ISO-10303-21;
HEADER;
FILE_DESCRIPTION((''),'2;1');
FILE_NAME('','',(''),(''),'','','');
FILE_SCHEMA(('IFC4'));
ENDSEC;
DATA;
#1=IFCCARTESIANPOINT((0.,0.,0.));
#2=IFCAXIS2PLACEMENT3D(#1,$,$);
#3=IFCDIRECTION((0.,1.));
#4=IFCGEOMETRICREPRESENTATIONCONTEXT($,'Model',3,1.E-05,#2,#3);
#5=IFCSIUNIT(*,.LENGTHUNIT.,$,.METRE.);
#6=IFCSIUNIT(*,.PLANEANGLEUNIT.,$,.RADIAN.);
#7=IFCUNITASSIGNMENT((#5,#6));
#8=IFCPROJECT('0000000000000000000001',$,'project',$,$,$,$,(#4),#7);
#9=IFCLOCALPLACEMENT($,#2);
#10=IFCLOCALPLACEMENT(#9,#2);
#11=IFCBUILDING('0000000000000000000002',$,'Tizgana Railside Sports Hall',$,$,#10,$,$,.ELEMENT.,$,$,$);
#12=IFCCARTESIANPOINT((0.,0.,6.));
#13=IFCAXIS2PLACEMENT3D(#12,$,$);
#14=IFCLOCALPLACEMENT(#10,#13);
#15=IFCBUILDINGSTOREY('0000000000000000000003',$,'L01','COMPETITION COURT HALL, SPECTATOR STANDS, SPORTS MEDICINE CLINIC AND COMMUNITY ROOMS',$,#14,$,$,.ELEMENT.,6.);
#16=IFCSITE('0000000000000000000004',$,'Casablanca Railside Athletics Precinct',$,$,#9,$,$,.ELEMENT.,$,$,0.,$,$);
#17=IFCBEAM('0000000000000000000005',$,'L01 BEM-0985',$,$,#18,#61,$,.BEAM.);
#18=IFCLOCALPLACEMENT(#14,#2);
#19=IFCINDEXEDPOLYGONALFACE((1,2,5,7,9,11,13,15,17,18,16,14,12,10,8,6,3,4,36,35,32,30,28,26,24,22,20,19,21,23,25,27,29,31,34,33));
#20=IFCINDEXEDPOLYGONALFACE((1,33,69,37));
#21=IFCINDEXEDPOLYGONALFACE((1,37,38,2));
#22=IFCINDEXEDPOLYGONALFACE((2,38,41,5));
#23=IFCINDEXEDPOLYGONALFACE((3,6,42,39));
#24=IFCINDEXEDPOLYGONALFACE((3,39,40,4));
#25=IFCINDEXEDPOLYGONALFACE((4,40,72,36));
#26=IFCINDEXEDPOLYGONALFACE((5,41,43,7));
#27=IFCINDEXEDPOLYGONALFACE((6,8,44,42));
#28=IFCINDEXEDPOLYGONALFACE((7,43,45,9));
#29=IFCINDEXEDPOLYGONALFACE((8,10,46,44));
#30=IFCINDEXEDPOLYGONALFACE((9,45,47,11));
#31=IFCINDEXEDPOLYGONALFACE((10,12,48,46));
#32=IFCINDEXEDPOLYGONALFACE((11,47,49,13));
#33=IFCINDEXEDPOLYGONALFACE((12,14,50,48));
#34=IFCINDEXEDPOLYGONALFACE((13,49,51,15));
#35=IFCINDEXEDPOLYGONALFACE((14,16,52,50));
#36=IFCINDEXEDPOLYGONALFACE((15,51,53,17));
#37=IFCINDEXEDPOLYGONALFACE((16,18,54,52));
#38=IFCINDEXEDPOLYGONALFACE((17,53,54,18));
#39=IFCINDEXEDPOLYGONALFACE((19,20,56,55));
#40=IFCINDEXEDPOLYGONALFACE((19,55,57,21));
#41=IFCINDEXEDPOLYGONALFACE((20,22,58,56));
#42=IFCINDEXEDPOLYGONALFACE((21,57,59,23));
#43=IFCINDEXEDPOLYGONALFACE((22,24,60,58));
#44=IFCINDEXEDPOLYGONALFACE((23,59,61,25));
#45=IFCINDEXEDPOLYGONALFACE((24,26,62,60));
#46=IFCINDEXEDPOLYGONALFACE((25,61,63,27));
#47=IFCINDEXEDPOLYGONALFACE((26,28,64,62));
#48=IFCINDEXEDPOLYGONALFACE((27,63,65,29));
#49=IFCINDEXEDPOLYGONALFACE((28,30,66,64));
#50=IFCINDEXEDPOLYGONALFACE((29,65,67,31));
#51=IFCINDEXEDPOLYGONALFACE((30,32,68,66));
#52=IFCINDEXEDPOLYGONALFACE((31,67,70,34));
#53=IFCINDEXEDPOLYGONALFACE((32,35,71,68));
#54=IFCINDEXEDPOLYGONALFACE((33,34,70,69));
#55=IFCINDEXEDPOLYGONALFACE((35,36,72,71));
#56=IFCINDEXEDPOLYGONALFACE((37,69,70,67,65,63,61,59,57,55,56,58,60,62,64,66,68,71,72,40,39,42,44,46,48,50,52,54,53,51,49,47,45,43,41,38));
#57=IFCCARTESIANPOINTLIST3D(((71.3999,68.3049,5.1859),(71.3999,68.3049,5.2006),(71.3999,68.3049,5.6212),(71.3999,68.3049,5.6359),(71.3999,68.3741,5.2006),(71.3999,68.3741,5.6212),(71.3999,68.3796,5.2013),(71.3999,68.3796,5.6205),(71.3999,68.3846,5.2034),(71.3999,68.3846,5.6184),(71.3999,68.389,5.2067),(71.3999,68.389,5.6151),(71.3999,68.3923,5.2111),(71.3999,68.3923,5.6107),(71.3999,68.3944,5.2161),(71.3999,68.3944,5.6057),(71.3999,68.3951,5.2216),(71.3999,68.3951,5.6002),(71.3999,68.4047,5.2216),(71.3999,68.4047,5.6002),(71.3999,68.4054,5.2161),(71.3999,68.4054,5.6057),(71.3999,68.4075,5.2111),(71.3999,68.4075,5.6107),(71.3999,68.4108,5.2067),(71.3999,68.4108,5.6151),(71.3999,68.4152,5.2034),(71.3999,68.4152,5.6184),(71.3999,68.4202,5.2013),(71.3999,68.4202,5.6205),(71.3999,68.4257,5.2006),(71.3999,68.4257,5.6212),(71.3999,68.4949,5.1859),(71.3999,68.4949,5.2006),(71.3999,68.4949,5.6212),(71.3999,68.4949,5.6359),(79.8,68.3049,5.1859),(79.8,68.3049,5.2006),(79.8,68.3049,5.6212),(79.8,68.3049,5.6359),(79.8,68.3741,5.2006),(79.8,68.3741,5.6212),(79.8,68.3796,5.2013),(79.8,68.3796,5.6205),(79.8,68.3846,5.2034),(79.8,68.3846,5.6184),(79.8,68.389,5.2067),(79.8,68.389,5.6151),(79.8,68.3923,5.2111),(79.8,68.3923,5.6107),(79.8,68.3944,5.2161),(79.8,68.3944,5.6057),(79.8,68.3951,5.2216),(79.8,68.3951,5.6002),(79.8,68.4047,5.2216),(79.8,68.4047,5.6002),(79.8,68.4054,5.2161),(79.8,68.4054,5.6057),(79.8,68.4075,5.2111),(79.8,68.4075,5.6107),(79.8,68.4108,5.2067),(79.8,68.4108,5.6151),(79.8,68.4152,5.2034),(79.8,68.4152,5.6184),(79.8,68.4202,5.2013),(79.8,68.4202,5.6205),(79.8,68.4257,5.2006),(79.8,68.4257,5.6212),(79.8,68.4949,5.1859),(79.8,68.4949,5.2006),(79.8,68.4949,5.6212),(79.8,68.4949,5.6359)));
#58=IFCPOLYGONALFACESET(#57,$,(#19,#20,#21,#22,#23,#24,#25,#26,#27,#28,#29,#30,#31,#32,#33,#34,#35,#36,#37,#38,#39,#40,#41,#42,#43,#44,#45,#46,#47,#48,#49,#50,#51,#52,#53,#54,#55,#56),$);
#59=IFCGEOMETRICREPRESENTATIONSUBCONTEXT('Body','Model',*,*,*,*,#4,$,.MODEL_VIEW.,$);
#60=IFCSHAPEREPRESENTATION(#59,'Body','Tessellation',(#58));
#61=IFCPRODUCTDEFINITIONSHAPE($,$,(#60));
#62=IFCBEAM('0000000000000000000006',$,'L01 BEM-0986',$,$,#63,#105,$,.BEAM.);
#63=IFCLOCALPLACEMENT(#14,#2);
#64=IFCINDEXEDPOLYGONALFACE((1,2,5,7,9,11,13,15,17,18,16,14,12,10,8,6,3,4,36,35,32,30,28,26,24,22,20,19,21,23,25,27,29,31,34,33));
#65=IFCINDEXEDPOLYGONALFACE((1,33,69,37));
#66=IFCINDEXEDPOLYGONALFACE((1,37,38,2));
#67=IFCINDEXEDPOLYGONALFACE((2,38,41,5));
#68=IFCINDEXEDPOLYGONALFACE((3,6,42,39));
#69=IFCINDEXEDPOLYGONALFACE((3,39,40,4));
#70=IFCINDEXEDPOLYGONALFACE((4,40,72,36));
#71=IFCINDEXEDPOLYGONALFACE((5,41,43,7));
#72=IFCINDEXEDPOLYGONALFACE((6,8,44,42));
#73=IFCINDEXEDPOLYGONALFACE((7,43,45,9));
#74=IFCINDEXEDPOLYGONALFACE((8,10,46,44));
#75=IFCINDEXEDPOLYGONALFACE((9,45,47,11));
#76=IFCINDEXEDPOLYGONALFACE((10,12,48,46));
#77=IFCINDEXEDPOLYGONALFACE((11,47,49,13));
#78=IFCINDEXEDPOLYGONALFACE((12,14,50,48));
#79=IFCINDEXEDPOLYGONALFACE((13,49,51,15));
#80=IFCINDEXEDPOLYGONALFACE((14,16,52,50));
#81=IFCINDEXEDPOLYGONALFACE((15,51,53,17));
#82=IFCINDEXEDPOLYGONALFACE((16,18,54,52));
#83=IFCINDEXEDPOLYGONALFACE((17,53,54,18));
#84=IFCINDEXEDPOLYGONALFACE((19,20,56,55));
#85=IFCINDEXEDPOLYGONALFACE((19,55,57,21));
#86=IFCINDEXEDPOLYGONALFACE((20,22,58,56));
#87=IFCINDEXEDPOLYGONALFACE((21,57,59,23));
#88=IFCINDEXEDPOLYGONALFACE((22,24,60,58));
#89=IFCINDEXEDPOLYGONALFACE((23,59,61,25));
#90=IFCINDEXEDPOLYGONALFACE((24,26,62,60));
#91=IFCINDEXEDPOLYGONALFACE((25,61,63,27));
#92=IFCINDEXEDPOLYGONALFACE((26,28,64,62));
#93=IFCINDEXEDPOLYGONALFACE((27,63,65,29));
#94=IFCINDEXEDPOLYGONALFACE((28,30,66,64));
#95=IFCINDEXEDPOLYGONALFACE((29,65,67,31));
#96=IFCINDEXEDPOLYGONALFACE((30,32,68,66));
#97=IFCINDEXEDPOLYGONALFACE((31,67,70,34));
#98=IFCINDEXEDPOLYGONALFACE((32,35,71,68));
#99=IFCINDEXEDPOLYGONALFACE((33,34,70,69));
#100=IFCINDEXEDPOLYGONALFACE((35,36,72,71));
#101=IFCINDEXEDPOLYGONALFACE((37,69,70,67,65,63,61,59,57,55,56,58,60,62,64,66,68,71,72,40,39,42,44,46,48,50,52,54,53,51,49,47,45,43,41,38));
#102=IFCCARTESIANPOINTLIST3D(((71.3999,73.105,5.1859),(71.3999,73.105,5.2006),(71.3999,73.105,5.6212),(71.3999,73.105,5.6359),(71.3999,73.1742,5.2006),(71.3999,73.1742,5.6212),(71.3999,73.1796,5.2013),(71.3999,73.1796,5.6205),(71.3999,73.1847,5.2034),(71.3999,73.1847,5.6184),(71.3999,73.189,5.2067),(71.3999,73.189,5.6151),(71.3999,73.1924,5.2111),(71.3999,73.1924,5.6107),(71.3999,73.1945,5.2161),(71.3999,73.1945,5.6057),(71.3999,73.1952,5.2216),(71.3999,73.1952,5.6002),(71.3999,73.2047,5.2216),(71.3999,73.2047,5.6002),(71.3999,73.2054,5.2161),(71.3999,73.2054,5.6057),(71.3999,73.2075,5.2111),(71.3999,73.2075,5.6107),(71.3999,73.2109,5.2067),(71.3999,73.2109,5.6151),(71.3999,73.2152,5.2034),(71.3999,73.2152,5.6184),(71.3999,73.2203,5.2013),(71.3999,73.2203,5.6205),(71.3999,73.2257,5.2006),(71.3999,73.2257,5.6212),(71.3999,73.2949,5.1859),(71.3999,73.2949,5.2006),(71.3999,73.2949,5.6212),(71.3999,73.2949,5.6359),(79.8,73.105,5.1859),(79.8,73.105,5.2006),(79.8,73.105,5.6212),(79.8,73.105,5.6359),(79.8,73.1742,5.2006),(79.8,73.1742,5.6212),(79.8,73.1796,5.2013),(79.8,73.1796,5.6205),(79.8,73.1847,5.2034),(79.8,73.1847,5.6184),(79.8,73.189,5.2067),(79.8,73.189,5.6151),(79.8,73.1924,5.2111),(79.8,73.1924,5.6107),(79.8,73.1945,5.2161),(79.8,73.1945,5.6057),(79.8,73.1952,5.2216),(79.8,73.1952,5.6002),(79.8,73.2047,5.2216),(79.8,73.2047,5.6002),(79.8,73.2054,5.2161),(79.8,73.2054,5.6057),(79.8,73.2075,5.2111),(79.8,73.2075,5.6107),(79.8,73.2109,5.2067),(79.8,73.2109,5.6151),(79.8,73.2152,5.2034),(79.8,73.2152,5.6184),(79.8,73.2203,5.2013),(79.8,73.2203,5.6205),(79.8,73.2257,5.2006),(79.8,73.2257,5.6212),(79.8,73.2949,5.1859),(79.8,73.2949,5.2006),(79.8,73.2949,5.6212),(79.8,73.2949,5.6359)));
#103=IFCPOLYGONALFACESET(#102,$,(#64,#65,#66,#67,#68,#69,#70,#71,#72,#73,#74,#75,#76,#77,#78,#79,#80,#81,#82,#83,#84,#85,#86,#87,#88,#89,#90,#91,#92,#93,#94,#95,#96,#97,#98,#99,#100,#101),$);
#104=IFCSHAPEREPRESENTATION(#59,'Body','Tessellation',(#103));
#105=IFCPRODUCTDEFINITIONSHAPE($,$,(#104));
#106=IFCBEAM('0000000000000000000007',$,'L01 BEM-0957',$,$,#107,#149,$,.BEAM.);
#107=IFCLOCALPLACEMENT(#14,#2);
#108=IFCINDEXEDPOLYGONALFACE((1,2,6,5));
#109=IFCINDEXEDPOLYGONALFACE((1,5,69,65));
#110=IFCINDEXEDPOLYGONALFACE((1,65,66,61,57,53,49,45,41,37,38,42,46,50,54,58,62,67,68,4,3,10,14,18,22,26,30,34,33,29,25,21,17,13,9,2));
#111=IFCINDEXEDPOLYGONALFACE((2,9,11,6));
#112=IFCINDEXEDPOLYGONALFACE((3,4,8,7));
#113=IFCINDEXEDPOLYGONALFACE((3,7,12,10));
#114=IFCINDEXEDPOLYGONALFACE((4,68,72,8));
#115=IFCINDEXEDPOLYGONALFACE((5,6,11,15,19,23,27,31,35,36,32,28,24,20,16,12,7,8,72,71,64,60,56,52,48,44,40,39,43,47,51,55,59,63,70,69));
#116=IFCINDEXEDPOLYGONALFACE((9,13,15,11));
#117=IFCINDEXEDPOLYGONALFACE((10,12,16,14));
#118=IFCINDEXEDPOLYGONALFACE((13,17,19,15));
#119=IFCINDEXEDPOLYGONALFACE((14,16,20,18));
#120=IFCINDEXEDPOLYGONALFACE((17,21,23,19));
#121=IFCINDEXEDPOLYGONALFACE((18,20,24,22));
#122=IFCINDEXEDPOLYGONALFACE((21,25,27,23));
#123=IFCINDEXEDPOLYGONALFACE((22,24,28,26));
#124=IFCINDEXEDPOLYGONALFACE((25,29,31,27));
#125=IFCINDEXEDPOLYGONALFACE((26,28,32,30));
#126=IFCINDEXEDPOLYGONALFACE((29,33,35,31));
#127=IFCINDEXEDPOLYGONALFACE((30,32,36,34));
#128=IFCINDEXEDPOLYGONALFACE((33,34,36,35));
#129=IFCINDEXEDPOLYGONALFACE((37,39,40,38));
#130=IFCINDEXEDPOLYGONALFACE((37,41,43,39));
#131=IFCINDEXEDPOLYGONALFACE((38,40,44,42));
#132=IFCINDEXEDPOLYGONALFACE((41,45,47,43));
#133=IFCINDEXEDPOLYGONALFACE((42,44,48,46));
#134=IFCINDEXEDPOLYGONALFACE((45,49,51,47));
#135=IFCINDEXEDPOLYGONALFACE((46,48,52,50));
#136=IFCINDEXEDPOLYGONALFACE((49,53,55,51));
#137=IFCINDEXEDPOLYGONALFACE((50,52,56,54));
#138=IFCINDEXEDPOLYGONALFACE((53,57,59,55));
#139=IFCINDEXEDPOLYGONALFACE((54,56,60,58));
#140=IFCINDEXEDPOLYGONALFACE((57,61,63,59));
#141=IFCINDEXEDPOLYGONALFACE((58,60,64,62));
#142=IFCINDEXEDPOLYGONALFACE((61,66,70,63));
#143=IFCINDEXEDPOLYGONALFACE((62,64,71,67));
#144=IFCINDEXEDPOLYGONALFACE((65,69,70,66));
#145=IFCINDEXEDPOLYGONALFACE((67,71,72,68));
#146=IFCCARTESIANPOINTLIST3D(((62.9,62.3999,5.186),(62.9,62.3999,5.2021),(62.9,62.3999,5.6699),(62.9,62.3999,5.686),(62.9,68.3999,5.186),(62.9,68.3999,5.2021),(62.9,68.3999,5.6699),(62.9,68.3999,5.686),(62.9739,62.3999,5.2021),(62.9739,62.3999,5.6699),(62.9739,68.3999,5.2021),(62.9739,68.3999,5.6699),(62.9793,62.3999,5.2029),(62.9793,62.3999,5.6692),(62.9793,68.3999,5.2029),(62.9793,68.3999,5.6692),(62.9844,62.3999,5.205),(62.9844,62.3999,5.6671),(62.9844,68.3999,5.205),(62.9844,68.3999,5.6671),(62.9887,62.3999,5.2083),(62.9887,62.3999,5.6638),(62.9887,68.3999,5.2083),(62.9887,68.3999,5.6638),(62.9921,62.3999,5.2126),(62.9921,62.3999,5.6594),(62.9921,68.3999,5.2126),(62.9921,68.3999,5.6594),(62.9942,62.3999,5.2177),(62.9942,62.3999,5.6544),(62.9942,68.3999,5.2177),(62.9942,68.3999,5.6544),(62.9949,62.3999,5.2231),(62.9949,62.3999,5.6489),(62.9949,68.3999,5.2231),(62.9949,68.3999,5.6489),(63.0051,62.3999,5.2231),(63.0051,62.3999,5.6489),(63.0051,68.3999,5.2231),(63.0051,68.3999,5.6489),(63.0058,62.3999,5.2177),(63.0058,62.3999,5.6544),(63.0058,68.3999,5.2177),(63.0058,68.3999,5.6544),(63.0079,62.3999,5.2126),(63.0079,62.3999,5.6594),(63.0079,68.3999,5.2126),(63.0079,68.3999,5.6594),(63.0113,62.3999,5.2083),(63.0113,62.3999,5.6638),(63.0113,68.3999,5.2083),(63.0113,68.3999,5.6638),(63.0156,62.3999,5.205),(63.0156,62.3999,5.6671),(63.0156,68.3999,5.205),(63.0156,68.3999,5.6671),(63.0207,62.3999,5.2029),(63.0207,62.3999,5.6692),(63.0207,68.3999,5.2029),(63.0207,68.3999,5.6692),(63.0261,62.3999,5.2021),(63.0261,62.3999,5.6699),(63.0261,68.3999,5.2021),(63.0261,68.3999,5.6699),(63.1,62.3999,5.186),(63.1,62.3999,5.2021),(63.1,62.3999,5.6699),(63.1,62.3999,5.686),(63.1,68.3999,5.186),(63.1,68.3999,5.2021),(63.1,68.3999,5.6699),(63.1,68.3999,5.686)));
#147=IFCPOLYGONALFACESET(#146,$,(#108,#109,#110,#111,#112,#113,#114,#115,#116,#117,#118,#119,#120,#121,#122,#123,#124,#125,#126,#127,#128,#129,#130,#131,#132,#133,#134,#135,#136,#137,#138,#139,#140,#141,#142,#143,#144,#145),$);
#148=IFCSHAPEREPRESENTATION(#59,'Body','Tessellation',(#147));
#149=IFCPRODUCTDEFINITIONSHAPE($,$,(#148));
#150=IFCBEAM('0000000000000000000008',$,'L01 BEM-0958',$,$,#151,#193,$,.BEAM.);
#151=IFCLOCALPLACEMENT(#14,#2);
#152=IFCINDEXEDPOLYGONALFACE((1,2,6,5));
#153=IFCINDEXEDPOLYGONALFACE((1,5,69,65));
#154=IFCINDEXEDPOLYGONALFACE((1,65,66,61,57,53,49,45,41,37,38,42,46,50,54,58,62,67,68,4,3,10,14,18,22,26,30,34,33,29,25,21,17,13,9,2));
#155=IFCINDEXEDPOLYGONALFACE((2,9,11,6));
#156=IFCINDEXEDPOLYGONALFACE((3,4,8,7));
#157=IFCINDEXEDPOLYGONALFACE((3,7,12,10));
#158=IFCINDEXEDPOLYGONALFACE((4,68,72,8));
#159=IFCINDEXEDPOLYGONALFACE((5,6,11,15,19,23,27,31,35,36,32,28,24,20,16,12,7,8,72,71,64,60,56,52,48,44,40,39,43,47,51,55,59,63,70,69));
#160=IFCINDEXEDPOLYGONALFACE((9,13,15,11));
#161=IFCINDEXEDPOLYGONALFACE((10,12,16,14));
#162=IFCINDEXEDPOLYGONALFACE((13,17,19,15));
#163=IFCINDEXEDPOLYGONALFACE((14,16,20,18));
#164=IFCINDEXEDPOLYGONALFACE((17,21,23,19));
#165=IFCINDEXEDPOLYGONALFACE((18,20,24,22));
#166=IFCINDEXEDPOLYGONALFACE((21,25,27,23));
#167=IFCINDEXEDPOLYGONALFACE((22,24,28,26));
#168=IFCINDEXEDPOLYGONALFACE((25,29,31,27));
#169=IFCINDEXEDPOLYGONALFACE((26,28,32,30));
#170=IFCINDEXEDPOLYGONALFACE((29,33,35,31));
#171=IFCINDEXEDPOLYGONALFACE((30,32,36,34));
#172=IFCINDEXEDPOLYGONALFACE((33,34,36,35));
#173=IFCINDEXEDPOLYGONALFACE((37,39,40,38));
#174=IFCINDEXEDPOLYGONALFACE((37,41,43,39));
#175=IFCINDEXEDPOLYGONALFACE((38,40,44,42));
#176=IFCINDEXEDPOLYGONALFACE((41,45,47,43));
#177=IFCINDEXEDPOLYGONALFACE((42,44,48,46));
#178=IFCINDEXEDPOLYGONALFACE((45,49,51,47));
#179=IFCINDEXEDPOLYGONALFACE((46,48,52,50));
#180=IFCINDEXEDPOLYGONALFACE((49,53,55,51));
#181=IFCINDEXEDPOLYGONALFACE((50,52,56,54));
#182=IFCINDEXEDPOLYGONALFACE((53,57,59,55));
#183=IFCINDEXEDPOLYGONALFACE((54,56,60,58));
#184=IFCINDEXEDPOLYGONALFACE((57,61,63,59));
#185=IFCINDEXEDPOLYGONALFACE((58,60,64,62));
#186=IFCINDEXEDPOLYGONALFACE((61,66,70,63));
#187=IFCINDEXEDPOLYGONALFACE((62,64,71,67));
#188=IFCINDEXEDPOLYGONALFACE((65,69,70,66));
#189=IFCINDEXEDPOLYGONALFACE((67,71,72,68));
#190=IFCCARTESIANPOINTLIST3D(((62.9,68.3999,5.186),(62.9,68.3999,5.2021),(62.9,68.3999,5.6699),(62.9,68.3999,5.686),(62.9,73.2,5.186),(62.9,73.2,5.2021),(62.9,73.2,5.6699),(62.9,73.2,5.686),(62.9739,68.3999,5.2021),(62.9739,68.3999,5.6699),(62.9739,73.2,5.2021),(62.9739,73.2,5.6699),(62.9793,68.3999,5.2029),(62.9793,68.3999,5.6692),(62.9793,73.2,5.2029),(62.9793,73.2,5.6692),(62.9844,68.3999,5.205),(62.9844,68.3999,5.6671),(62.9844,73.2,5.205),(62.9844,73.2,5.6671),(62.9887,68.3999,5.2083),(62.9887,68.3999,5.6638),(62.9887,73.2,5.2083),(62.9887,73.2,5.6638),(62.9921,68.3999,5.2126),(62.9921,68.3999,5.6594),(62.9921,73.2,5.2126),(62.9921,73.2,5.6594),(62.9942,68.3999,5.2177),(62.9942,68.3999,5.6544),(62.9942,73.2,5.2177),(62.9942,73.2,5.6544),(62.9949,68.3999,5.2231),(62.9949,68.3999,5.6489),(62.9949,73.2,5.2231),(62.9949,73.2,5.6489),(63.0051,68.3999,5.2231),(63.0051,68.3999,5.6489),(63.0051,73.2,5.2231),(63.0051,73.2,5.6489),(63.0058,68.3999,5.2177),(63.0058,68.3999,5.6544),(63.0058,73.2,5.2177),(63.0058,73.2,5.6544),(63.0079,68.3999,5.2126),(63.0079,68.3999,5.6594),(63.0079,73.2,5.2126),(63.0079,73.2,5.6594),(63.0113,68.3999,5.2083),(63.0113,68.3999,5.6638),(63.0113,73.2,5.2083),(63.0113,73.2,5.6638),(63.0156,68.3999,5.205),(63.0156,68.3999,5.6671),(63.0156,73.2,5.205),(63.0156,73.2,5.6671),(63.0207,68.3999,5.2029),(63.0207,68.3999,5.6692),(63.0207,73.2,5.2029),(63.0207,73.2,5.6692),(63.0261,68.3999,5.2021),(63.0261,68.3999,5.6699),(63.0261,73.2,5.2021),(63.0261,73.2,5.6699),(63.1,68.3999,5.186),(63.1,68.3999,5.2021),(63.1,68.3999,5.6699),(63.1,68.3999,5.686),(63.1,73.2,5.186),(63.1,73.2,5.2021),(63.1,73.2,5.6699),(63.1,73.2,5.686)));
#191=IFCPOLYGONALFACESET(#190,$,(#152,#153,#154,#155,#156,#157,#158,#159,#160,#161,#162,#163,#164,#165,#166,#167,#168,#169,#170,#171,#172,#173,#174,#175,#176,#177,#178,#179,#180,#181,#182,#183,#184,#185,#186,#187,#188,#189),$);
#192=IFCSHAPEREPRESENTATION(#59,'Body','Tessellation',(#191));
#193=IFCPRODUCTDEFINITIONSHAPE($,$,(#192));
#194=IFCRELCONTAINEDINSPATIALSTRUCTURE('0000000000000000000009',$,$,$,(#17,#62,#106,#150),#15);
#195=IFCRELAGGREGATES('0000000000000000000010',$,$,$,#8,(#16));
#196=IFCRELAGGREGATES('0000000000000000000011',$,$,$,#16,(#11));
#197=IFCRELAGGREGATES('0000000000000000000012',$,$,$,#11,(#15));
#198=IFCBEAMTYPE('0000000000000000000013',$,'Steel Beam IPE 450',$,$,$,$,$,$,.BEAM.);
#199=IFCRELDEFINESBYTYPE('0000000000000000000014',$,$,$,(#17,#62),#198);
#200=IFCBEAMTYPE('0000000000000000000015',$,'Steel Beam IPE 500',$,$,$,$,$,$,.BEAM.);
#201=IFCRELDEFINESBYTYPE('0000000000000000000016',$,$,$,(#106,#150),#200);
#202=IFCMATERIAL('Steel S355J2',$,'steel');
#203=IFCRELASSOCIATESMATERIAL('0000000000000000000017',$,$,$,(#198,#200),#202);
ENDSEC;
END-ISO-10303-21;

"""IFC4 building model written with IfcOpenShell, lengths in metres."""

from ifc_helpers import new_model, si_unit, direction, frame, origin, origin_2d, place, context, subcontext, project, spatial, i_section, extrude, material, material_profile, profile_set, type_object, element, save


model = new_model("IFC4")

# Units and contexts
model_context = context("Model", 3, precision=1e-05, world=origin(), true_north=direction((0.0, 1.0)))
body_context = subcontext(model_context, "Body", "Model", "MODEL_VIEW")
ifc_project = project(units=[si_unit("LENGTHUNIT", "METRE"), si_unit("PLANEANGLEUNIT", "RADIAN")], contexts=[model_context])

# Site, building, storey
site_placement = place(None, origin())
site = spatial("IfcSite", under=ifc_project, at=site_placement, Name="Casablanca Railside Athletics Precinct", CompositionType="ELEMENT", RefElevation=0.0)
building_placement = place(site_placement, origin())
building = spatial("IfcBuilding", under=site, at=building_placement, Name="Tizgana Railside Sports Hall", CompositionType="ELEMENT")
storey_placement = place(building_placement, frame((0.0, 0.0, 6.0)))
storey = spatial("IfcBuildingStorey", under=building, at=storey_placement, Name="L01", Description="COMPETITION COURT HALL, SPECTATOR STANDS, SPORTS MEDICINE CLINIC AND COMMUNITY ROOMS", CompositionType="ELEMENT", Elevation=6.0)

# Shared definitions
ifc_material_1 = material(Name="Steel S355J2", Category="steel")

# Beams
ifc_material_profile_1 = material_profile(ifc_material_1, i_section(OverallWidth=0.1899, OverallDepth=0.45, WebThickness=0.0095, FlangeThickness=0.0146, FilletRadius=0.021, at=origin_2d()), Name="IPE 450")
ifc_profile_set_1 = profile_set([ifc_material_profile_1], Name="Steel S355J2")
beam_type_1 = type_object("IfcBeamType", Name="Steel Beam IPE 450", PredefinedType="BEAM", material=ifc_profile_set_1)
for number, where, z_axis, x_axis, name in (
    (1, (71.3999, 68.3999, 5.4109), (1.0, 0.0, 0.0), (0.0, 1.0, 0.0), "L01 BEM-0985"),
    (2, (71.3999, 73.2, 5.4109), (1.0, 0.0, 0.0), (0.0, 1.0, 0.0), "L01 BEM-0986"),
):
    element("IfcBeam", number, at=place(storey_placement, frame(where, z_axis=z_axis, x_axis=x_axis)), inside=storey, type_object=beam_type_1, Name=name, PredefinedType="BEAM", context=body_context, shape_type="SweptSolid", body=[
        extrude(i_section(OverallWidth=0.1899, OverallDepth=0.45, WebThickness=0.0095, FlangeThickness=0.0146, FilletRadius=0.021, at=origin_2d()), origin(), (0.0, 0.0, 1.0), 8.4001),
    ])
ifc_material_profile_2 = material_profile(ifc_material_1, i_section(OverallWidth=0.2, OverallDepth=0.5, WebThickness=0.0103, FlangeThickness=0.0161, FilletRadius=0.021, at=origin_2d()), Name="IPE 500")
ifc_profile_set_2 = profile_set([ifc_material_profile_2], Name="Steel S355J2")
beam_type_2 = type_object("IfcBeamType", Name="Steel Beam IPE 500", PredefinedType="BEAM", material=ifc_profile_set_2)
beam_1_placement = place(storey_placement, frame((63.0, 62.3999, 5.436), z_axis=(0.0, 1.0, 0.0), x_axis=(-1.0, 0.0, 0.0)))
element("IfcBeam", 3, at=beam_1_placement, inside=storey, type_object=beam_type_2, Name="L01 BEM-0957", PredefinedType="BEAM", context=body_context, shape_type="SweptSolid", body=[
    extrude(i_section(OverallWidth=0.2, OverallDepth=0.5, WebThickness=0.0103, FlangeThickness=0.0161, FilletRadius=0.021, at=origin_2d()), origin(), (0.0, 0.0, 1.0), 6.0),
])
beam_2_placement = place(storey_placement, frame((63.0, 68.3999, 5.436), z_axis=(0.0, 1.0, 0.0), x_axis=(-1.0, 0.0, 0.0)))
element("IfcBeam", 4, at=beam_2_placement, inside=storey, type_object=beam_type_2, Name="L01 BEM-0958", PredefinedType="BEAM", context=body_context, shape_type="SweptSolid", body=[
    extrude(i_section(OverallWidth=0.2, OverallDepth=0.5, WebThickness=0.0103, FlangeThickness=0.0161, FilletRadius=0.021, at=origin_2d()), origin(), (0.0, 0.0, 1.0), 4.8),
])

save(model, "model.ifc")
